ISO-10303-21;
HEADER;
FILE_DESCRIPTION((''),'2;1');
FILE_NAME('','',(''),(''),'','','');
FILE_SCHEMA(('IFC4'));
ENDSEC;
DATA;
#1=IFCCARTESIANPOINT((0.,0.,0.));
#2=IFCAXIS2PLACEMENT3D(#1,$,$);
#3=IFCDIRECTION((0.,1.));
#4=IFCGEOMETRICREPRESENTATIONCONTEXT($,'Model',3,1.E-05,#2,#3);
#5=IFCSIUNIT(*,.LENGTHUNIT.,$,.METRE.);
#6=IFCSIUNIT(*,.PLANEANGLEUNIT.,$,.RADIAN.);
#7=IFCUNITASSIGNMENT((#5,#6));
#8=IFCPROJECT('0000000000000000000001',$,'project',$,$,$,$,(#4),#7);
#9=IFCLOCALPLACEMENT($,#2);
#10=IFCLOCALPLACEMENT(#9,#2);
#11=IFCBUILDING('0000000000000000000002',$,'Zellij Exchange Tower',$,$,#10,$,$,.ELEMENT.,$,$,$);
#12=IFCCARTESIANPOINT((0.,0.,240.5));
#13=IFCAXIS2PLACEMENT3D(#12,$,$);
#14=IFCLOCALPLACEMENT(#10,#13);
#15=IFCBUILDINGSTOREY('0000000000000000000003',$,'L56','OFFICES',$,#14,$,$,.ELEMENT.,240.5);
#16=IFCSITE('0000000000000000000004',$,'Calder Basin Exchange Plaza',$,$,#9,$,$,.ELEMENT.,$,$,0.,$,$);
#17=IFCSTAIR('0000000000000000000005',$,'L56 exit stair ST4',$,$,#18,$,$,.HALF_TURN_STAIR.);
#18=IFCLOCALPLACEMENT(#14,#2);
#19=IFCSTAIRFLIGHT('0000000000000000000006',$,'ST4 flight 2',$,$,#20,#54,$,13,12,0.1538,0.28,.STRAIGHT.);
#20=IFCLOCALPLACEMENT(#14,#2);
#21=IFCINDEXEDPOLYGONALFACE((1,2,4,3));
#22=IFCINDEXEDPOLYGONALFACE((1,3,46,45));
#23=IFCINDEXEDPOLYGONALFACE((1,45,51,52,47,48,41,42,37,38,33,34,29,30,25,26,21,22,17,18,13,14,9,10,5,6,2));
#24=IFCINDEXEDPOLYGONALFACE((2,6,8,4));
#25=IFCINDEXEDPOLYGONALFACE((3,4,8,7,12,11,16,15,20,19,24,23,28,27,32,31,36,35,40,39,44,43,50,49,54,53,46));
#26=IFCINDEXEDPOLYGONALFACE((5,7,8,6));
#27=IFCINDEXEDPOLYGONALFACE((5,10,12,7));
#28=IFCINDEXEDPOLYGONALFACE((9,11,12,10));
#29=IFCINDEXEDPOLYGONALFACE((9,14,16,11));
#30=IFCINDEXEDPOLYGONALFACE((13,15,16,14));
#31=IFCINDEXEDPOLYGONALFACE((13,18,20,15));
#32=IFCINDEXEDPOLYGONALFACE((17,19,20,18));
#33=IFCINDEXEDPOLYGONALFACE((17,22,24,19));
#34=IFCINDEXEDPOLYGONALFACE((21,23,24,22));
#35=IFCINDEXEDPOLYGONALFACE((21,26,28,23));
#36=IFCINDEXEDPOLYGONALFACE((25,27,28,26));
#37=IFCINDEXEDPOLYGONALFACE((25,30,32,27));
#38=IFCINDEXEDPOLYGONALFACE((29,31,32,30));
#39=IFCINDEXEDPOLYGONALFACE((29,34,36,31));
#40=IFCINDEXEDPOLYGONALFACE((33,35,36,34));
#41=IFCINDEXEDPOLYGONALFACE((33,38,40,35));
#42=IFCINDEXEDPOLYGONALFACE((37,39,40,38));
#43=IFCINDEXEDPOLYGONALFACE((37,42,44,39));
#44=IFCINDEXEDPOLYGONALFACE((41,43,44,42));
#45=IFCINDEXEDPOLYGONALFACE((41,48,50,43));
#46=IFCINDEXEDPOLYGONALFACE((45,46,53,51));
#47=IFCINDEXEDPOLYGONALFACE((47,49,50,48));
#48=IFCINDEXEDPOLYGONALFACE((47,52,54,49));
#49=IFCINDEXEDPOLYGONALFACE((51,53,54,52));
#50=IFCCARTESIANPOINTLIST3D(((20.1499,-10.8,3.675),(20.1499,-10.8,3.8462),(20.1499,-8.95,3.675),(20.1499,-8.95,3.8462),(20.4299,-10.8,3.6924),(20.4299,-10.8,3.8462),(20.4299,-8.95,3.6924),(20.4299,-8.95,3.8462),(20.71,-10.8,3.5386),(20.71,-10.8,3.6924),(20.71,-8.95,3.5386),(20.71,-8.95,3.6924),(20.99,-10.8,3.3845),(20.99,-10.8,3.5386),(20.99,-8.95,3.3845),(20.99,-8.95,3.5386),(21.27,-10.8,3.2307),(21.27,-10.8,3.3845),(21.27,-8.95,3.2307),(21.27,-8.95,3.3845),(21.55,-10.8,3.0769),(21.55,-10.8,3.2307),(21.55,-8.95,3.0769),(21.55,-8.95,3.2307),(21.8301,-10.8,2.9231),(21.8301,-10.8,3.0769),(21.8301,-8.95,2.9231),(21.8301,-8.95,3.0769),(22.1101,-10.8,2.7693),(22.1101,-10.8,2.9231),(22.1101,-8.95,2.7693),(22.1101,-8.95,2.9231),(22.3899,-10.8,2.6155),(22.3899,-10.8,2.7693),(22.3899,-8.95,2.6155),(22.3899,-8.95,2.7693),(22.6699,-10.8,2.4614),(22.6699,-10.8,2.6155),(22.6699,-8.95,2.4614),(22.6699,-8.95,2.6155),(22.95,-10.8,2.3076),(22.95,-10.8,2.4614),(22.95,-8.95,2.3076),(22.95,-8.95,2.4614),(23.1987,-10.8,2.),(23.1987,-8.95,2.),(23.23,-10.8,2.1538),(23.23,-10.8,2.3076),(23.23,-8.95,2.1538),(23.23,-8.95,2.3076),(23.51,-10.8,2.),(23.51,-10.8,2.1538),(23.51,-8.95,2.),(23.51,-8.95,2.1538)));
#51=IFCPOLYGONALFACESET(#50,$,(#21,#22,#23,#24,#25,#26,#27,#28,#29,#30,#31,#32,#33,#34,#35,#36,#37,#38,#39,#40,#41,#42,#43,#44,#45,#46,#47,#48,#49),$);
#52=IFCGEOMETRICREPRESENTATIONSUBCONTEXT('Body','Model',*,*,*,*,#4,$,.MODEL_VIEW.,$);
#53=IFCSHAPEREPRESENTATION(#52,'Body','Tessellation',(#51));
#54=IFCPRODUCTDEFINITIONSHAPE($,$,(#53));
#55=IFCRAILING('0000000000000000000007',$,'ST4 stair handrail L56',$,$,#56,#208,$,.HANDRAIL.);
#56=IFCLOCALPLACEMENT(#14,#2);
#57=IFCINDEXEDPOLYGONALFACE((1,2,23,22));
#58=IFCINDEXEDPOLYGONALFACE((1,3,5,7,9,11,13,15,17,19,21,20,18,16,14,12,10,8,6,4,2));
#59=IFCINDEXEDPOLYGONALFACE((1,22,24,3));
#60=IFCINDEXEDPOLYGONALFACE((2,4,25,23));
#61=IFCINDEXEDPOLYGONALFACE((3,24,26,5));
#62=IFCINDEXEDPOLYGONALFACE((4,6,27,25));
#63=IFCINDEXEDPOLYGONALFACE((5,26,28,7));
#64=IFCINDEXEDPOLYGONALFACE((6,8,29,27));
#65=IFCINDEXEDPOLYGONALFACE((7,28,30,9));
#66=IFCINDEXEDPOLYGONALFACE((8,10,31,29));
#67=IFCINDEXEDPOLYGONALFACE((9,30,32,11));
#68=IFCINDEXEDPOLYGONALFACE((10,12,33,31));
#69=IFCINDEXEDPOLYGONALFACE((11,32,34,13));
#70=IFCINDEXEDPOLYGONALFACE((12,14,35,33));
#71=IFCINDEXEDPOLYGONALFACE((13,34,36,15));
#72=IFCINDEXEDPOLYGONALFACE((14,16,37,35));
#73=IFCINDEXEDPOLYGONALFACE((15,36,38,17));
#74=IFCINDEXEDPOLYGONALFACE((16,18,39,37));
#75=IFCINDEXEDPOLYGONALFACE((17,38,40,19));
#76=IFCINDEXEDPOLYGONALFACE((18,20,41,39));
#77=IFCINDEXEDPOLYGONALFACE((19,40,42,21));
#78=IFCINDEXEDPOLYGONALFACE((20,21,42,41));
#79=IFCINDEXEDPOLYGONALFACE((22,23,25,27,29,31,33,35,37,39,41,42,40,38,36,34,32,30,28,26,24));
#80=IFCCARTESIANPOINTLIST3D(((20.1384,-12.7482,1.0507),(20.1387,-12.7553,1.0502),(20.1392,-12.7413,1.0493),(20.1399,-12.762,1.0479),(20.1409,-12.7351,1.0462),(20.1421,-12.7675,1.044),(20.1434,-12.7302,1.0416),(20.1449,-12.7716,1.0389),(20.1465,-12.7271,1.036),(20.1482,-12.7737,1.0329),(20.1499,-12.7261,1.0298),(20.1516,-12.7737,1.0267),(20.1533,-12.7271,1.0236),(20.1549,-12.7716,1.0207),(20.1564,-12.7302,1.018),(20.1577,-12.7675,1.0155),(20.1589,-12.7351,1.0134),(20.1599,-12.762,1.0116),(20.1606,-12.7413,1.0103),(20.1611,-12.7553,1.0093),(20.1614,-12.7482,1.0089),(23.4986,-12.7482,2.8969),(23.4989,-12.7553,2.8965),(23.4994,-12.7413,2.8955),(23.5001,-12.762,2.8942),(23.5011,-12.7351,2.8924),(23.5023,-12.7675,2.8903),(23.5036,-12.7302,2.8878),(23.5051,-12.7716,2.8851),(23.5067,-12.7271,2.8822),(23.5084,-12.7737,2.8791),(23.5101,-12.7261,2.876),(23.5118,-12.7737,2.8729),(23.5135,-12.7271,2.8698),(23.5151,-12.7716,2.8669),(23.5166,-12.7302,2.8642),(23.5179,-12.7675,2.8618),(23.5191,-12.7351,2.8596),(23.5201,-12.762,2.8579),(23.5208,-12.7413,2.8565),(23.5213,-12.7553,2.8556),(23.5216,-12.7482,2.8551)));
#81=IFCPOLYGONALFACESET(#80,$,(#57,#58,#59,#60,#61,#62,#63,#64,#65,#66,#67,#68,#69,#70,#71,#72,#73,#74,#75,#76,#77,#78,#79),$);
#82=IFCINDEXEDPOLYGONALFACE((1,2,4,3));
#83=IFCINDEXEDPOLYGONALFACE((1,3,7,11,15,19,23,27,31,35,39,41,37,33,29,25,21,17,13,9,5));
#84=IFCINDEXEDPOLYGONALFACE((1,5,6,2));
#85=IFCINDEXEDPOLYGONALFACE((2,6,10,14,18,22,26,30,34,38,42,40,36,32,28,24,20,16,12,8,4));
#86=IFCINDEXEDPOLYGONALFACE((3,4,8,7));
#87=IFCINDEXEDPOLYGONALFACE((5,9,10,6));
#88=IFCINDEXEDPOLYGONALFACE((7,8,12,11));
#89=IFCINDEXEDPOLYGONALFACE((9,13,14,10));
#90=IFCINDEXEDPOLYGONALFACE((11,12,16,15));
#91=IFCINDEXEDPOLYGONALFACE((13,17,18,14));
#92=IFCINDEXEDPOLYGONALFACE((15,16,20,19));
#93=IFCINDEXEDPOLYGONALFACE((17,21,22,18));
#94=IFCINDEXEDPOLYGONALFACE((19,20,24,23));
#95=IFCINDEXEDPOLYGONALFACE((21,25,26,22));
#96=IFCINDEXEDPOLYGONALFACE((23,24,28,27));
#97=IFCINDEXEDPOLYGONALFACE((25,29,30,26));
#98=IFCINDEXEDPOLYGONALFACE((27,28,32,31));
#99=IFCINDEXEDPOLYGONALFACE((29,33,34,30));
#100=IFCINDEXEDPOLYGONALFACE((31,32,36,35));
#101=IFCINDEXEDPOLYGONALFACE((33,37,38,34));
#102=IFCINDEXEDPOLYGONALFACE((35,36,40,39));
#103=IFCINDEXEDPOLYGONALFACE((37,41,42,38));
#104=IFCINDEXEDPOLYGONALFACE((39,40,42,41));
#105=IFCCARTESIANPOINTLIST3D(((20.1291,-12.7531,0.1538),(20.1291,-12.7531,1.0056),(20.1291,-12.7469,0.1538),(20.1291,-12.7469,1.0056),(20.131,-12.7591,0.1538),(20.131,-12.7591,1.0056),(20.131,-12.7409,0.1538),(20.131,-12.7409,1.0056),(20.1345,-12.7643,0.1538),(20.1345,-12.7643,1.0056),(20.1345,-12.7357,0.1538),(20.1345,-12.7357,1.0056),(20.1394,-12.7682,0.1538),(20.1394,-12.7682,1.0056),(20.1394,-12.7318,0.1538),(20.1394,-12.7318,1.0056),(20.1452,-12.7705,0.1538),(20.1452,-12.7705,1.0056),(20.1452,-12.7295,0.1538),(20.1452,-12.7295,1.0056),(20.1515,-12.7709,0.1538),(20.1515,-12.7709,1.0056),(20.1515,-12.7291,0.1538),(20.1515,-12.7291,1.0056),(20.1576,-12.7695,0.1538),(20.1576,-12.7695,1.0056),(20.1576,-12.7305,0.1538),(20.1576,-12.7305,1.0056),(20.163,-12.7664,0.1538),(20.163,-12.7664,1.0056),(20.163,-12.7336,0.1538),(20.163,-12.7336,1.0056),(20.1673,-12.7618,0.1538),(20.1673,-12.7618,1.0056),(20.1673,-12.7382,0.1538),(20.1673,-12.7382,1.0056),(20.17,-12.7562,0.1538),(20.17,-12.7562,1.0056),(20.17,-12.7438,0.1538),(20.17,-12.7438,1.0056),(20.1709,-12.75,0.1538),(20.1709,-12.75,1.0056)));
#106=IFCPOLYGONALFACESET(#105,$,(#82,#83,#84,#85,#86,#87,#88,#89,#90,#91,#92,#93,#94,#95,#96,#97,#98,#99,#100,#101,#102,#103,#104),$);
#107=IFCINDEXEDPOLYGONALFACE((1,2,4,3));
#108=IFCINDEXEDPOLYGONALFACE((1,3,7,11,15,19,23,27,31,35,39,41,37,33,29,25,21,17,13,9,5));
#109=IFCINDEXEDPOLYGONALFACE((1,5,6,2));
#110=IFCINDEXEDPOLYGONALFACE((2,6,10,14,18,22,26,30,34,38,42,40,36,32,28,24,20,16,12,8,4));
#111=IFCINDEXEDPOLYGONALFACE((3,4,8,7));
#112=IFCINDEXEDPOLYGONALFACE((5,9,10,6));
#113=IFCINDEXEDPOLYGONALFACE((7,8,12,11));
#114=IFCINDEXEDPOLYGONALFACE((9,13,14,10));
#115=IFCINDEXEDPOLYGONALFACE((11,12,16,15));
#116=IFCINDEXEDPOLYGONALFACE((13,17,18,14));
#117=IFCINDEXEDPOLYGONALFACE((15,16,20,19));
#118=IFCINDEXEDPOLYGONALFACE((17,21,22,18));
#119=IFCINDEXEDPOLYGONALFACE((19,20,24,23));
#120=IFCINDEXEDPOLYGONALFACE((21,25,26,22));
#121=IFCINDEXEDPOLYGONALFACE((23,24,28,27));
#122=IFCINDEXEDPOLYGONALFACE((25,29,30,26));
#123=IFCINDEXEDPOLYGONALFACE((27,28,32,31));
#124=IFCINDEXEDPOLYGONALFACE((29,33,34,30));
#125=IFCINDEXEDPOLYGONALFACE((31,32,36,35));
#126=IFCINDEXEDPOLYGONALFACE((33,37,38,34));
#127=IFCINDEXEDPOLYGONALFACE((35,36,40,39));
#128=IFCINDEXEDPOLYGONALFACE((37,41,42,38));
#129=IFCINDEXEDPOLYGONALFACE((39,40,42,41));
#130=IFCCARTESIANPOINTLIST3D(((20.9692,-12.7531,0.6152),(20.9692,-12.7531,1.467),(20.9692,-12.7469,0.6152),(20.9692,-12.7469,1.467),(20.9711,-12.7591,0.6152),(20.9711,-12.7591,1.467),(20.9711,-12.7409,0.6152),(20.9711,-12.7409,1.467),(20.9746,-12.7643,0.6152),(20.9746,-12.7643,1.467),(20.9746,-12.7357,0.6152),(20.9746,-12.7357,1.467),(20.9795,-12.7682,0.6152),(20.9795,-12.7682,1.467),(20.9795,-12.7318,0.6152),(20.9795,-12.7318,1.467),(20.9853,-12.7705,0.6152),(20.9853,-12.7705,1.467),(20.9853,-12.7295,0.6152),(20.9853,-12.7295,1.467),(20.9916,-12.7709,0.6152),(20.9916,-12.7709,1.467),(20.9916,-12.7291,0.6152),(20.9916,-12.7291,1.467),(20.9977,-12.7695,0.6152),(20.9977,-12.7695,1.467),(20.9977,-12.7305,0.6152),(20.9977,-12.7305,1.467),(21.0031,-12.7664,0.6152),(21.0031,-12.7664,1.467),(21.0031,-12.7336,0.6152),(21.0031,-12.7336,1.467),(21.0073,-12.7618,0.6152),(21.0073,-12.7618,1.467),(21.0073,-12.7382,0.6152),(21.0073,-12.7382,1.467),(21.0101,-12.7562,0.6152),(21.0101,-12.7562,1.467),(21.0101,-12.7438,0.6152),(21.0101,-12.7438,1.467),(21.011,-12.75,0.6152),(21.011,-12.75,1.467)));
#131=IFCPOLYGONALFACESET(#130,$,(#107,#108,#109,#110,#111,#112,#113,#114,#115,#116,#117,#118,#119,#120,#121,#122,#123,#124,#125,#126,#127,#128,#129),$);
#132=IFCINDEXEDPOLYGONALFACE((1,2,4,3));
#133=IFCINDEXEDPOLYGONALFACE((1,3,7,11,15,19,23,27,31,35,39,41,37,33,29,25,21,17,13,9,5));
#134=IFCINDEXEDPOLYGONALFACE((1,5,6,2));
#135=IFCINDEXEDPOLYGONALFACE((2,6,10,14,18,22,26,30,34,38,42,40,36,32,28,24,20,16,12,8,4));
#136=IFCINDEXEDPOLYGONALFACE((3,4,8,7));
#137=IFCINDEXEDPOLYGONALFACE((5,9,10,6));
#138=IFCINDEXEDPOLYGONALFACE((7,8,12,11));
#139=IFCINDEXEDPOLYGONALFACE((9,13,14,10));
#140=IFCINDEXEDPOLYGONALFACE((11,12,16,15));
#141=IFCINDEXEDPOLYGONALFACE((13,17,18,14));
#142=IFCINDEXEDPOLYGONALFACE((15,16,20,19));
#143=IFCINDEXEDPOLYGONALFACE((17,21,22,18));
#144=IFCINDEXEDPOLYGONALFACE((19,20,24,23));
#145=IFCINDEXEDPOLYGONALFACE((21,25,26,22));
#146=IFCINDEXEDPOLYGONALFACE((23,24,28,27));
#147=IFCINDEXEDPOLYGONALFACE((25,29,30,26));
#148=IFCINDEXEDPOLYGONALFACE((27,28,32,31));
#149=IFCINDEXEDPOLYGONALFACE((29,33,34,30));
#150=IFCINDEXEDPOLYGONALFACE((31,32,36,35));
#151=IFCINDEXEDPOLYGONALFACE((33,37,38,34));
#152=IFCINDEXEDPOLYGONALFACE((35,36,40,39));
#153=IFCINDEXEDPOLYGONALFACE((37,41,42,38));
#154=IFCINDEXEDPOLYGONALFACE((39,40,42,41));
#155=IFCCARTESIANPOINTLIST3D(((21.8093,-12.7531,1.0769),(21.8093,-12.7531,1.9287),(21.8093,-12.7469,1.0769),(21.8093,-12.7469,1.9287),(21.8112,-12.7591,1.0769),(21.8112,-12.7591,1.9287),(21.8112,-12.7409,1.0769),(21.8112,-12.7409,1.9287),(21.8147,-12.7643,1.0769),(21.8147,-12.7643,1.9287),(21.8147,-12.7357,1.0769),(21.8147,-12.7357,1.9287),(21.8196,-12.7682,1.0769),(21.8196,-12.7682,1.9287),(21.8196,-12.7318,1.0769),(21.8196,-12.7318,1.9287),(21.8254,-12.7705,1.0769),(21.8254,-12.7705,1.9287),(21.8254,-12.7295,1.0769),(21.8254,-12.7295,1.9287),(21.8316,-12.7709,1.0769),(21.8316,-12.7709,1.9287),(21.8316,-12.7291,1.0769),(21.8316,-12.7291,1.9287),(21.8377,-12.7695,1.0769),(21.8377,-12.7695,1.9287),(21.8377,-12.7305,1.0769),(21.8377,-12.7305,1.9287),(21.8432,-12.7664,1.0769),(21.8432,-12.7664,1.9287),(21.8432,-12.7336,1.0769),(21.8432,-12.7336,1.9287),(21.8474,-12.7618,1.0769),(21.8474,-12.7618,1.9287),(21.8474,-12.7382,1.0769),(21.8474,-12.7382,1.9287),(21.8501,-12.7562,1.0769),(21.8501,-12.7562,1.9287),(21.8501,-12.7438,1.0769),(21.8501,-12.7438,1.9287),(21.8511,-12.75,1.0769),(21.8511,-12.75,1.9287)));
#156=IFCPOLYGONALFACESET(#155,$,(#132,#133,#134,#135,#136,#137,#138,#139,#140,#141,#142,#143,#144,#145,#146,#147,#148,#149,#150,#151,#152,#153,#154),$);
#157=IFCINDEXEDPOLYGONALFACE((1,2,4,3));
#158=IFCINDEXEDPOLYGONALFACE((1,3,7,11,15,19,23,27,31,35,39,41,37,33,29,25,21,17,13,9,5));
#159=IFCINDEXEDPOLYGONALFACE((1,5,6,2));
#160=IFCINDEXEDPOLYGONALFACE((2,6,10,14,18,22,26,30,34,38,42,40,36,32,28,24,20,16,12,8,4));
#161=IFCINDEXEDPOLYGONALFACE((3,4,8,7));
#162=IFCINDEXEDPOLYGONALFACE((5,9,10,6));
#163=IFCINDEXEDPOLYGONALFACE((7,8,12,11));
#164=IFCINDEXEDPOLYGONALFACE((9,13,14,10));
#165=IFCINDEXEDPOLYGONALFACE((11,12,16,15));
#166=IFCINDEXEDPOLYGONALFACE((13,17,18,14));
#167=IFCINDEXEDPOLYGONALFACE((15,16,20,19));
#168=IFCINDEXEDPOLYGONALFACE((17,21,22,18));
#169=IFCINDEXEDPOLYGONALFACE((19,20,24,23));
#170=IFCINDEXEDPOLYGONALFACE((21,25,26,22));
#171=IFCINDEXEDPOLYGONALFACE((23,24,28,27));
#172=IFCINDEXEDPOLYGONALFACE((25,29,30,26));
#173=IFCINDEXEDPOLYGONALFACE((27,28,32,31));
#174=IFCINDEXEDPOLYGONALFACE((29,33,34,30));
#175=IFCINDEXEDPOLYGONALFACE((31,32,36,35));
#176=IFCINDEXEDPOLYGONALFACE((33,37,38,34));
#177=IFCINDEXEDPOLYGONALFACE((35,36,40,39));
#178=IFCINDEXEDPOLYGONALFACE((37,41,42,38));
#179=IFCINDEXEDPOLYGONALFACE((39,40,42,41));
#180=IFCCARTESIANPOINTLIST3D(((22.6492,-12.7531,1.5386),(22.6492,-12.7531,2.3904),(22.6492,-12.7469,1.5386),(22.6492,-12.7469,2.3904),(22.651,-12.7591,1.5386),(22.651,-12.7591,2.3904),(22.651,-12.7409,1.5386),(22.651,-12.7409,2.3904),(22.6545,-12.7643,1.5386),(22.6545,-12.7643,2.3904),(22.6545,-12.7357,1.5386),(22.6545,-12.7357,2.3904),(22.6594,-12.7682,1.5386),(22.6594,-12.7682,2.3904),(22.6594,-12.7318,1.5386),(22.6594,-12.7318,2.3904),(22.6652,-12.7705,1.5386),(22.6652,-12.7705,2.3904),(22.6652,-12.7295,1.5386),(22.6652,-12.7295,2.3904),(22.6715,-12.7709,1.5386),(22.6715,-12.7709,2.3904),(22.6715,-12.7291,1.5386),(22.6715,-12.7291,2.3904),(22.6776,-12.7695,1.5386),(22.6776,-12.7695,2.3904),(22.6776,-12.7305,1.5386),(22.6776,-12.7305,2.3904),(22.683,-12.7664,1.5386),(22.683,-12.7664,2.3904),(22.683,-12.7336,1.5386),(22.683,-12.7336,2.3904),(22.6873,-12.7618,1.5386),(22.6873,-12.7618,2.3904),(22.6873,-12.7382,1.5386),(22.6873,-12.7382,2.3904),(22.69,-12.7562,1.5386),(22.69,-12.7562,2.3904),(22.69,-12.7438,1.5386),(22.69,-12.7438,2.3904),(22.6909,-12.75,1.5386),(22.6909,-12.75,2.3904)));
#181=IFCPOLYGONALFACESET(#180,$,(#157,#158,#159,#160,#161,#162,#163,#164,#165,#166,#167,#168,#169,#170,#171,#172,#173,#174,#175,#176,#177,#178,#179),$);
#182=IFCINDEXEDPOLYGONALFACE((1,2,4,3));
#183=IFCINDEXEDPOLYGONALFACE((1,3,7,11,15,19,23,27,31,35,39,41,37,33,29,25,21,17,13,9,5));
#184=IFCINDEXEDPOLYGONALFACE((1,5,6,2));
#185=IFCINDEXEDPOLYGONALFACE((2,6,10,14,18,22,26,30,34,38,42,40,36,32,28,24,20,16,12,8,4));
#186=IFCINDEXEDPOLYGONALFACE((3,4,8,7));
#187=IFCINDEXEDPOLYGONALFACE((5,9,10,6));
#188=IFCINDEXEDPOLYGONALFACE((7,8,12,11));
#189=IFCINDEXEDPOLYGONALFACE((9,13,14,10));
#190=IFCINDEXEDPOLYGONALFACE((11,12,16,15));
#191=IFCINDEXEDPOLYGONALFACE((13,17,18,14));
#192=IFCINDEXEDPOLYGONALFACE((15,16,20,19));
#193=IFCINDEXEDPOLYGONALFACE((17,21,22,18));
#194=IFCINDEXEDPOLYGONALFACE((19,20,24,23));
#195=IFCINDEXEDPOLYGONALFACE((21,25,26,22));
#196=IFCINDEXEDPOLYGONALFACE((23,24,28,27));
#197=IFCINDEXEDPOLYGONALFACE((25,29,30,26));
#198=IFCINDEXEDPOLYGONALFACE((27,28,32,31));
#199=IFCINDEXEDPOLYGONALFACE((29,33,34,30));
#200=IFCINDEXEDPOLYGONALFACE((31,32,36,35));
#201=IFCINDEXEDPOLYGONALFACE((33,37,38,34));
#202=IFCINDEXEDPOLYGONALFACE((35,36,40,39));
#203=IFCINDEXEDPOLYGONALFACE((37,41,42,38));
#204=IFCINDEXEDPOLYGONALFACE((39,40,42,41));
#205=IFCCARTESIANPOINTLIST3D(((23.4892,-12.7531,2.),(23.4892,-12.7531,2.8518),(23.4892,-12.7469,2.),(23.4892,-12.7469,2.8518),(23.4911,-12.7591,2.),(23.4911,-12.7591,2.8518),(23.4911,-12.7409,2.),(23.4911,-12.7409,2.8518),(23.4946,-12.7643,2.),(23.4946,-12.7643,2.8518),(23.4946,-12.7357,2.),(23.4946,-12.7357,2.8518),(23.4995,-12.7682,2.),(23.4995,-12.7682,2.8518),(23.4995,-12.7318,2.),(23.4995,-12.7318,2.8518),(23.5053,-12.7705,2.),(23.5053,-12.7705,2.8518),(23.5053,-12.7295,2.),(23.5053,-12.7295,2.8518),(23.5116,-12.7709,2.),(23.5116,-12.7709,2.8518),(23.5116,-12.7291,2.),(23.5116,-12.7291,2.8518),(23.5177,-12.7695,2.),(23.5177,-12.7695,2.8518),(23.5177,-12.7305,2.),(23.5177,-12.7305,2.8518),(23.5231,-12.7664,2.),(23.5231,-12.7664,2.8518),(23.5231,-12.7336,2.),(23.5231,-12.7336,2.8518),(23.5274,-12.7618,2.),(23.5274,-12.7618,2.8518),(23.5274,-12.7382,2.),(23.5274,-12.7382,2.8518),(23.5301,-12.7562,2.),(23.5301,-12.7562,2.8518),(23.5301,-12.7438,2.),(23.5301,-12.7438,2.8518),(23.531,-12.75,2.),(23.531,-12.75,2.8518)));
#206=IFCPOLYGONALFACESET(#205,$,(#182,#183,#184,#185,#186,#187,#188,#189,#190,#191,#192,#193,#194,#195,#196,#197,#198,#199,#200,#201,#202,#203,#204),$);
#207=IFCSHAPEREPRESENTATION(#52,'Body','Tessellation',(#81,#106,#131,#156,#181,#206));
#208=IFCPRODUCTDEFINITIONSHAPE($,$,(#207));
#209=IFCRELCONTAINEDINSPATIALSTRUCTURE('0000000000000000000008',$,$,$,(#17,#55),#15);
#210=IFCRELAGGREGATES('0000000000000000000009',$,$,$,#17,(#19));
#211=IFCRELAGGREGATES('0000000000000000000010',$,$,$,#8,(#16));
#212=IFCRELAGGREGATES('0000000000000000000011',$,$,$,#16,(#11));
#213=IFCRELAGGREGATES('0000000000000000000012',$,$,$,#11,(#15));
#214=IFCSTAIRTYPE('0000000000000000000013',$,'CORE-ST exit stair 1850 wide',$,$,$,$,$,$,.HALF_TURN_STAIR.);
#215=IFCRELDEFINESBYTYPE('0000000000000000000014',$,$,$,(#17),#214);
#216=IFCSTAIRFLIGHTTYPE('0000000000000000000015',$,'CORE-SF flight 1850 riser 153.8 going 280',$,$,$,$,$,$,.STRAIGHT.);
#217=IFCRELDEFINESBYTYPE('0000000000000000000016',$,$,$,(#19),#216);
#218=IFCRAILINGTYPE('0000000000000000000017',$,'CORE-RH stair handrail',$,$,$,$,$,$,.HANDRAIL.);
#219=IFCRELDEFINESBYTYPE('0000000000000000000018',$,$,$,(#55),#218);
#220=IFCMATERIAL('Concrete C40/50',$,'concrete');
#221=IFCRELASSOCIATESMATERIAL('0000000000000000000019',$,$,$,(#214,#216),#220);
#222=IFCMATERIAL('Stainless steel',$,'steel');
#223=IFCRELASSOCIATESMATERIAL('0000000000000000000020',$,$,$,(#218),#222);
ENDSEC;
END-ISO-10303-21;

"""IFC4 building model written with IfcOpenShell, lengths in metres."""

from ifc_helpers import new_model, si_unit, direction, frame, origin, origin_2d, place, context, subcontext, project, spatial, polyline, circle, outline, extrude, material, type_object, element, aggregate, save


model = new_model("IFC4")

# Units and contexts
model_context = context("Model", 3, precision=1e-05, world=origin(), true_north=direction((0.0, 1.0)))
body_context = subcontext(model_context, "Body", "Model", "MODEL_VIEW")
ifc_project = project(units=[si_unit("LENGTHUNIT", "METRE"), si_unit("PLANEANGLEUNIT", "RADIAN")], contexts=[model_context])

# Site, building, storey
site_placement = place(None, origin())
site = spatial("IfcSite", under=ifc_project, at=site_placement, Name="Calder Basin Exchange Plaza", CompositionType="ELEMENT", RefElevation=0.0)
building_placement = place(site_placement, origin())
building = spatial("IfcBuilding", under=site, at=building_placement, Name="Zellij Exchange Tower", CompositionType="ELEMENT")
storey_placement = place(building_placement, frame((0.0, 0.0, 240.5)))
storey = spatial("IfcBuildingStorey", under=building, at=storey_placement, Name="L56", Description="OFFICES", CompositionType="ELEMENT", Elevation=240.5)

# Stair, stair flight
ifc_material_1 = material(Name="Concrete C40/50", Category="concrete")
stair_type = type_object("IfcStairType", Name="CORE-ST exit stair 1850 wide", PredefinedType="HALF_TURN_STAIR", material=ifc_material_1)
stair_placement = place(storey_placement, origin())
stair = element("IfcStair", 1, at=stair_placement, inside=storey, type_object=stair_type, Name="L56 exit stair ST4", PredefinedType="HALF_TURN_STAIR")
stair_flight_type = type_object("IfcStairFlightType", Name="CORE-SF flight 1850 riser 153.8 going 280", PredefinedType="STRAIGHT", material=ifc_material_1)
stair_flight_1_placement = place(storey_placement, frame((23.51, -9.875, 2.0), z_axis=(0.0, 0.0, 1.0), x_axis=(-1.0, 0.0, 0.0)))
stair_flight_1 = element("IfcStairFlight", 2, at=stair_flight_1_placement, type_object=stair_flight_type, Name="ST4 flight 2", NumberOfRisers=13, NumberOfTreads=12, PredefinedType="STRAIGHT", RiserHeight=0.1538, TreadLength=0.28, context=body_context, shape_type="SweptSolid", body=[
    extrude(outline(polyline([(0.0, 0.0), (0.0, 0.1538), (0.28, 0.1538), (0.28, 0.3076), (0.5601, 0.3076), (0.5601, 0.4614), (0.8401, 0.4614), (0.8401, 0.6155), (1.1201, 0.6155), (1.1201, 0.7693), (1.3999, 0.7693), (1.3999, 0.9231), (1.6799, 0.9231), (1.6799, 1.0769), (1.96, 1.0769), (1.96, 1.2307), (2.24, 1.2307), (2.24, 1.3845), (2.52, 1.3845), (2.52, 1.5386), (2.8, 1.5386), (2.8, 1.6924), (3.0801, 1.6924), (3.0801, 1.8462), (3.3601, 1.8462), (3.3601, 2.0), (3.3601, 1.675), (0.3113, 0.0), (0.0, 0.0)])), frame((0.0, 0.925, 0.0), z_axis=(0.0, -1.0, 0.0), x_axis=(1.0, 0.0, 0.0)), (0.0, 0.0, 1.0), 1.8501),
])
aggregate(stair, [stair_flight_1])

# Railing
ifc_material_2 = material(Name="Stainless steel", Category="steel")
railing_type_1 = type_object("IfcRailingType", Name="CORE-RH stair handrail", PredefinedType="HANDRAIL", material=ifc_material_2)
railing_1_placement = place(storey_placement, frame((20.1499, -12.75, 0.1538)))
element("IfcRailing", 3, at=railing_1_placement, inside=storey, type_object=railing_type_1, Name="ST4 stair handrail L56", PredefinedType="HANDRAIL", context=body_context, shape_type="SweptSolid", body=[
    extrude(circle(Radius=0.0239, at=origin_2d()), frame((0.0, 0.0, 0.876), z_axis=(0.876422, 0.0, 0.481545), x_axis=(0.0, 1.0, 0.0)), (0.0, 0.0, 1.0), 3.834),
    extrude(circle(Radius=0.021, at=origin_2d()), origin(), (0.0, 0.0, 1.0), 0.8518),
    extrude(circle(Radius=0.021, at=origin_2d()), frame((0.8401, 0.0, 0.4614)), (0.0, 0.0, 1.0), 0.8518),
    extrude(circle(Radius=0.021, at=origin_2d()), frame((1.6802, 0.0, 0.9231)), (0.0, 0.0, 1.0), 0.8518),
    extrude(circle(Radius=0.021, at=origin_2d()), frame((2.52, 0.0, 1.3848)), (0.0, 0.0, 1.0), 0.8518),
    extrude(circle(Radius=0.021, at=origin_2d()), frame((3.3601, 0.0, 1.8462)), (0.0, 0.0, 1.0), 0.8518),
])

save(model, "model.ifc")
